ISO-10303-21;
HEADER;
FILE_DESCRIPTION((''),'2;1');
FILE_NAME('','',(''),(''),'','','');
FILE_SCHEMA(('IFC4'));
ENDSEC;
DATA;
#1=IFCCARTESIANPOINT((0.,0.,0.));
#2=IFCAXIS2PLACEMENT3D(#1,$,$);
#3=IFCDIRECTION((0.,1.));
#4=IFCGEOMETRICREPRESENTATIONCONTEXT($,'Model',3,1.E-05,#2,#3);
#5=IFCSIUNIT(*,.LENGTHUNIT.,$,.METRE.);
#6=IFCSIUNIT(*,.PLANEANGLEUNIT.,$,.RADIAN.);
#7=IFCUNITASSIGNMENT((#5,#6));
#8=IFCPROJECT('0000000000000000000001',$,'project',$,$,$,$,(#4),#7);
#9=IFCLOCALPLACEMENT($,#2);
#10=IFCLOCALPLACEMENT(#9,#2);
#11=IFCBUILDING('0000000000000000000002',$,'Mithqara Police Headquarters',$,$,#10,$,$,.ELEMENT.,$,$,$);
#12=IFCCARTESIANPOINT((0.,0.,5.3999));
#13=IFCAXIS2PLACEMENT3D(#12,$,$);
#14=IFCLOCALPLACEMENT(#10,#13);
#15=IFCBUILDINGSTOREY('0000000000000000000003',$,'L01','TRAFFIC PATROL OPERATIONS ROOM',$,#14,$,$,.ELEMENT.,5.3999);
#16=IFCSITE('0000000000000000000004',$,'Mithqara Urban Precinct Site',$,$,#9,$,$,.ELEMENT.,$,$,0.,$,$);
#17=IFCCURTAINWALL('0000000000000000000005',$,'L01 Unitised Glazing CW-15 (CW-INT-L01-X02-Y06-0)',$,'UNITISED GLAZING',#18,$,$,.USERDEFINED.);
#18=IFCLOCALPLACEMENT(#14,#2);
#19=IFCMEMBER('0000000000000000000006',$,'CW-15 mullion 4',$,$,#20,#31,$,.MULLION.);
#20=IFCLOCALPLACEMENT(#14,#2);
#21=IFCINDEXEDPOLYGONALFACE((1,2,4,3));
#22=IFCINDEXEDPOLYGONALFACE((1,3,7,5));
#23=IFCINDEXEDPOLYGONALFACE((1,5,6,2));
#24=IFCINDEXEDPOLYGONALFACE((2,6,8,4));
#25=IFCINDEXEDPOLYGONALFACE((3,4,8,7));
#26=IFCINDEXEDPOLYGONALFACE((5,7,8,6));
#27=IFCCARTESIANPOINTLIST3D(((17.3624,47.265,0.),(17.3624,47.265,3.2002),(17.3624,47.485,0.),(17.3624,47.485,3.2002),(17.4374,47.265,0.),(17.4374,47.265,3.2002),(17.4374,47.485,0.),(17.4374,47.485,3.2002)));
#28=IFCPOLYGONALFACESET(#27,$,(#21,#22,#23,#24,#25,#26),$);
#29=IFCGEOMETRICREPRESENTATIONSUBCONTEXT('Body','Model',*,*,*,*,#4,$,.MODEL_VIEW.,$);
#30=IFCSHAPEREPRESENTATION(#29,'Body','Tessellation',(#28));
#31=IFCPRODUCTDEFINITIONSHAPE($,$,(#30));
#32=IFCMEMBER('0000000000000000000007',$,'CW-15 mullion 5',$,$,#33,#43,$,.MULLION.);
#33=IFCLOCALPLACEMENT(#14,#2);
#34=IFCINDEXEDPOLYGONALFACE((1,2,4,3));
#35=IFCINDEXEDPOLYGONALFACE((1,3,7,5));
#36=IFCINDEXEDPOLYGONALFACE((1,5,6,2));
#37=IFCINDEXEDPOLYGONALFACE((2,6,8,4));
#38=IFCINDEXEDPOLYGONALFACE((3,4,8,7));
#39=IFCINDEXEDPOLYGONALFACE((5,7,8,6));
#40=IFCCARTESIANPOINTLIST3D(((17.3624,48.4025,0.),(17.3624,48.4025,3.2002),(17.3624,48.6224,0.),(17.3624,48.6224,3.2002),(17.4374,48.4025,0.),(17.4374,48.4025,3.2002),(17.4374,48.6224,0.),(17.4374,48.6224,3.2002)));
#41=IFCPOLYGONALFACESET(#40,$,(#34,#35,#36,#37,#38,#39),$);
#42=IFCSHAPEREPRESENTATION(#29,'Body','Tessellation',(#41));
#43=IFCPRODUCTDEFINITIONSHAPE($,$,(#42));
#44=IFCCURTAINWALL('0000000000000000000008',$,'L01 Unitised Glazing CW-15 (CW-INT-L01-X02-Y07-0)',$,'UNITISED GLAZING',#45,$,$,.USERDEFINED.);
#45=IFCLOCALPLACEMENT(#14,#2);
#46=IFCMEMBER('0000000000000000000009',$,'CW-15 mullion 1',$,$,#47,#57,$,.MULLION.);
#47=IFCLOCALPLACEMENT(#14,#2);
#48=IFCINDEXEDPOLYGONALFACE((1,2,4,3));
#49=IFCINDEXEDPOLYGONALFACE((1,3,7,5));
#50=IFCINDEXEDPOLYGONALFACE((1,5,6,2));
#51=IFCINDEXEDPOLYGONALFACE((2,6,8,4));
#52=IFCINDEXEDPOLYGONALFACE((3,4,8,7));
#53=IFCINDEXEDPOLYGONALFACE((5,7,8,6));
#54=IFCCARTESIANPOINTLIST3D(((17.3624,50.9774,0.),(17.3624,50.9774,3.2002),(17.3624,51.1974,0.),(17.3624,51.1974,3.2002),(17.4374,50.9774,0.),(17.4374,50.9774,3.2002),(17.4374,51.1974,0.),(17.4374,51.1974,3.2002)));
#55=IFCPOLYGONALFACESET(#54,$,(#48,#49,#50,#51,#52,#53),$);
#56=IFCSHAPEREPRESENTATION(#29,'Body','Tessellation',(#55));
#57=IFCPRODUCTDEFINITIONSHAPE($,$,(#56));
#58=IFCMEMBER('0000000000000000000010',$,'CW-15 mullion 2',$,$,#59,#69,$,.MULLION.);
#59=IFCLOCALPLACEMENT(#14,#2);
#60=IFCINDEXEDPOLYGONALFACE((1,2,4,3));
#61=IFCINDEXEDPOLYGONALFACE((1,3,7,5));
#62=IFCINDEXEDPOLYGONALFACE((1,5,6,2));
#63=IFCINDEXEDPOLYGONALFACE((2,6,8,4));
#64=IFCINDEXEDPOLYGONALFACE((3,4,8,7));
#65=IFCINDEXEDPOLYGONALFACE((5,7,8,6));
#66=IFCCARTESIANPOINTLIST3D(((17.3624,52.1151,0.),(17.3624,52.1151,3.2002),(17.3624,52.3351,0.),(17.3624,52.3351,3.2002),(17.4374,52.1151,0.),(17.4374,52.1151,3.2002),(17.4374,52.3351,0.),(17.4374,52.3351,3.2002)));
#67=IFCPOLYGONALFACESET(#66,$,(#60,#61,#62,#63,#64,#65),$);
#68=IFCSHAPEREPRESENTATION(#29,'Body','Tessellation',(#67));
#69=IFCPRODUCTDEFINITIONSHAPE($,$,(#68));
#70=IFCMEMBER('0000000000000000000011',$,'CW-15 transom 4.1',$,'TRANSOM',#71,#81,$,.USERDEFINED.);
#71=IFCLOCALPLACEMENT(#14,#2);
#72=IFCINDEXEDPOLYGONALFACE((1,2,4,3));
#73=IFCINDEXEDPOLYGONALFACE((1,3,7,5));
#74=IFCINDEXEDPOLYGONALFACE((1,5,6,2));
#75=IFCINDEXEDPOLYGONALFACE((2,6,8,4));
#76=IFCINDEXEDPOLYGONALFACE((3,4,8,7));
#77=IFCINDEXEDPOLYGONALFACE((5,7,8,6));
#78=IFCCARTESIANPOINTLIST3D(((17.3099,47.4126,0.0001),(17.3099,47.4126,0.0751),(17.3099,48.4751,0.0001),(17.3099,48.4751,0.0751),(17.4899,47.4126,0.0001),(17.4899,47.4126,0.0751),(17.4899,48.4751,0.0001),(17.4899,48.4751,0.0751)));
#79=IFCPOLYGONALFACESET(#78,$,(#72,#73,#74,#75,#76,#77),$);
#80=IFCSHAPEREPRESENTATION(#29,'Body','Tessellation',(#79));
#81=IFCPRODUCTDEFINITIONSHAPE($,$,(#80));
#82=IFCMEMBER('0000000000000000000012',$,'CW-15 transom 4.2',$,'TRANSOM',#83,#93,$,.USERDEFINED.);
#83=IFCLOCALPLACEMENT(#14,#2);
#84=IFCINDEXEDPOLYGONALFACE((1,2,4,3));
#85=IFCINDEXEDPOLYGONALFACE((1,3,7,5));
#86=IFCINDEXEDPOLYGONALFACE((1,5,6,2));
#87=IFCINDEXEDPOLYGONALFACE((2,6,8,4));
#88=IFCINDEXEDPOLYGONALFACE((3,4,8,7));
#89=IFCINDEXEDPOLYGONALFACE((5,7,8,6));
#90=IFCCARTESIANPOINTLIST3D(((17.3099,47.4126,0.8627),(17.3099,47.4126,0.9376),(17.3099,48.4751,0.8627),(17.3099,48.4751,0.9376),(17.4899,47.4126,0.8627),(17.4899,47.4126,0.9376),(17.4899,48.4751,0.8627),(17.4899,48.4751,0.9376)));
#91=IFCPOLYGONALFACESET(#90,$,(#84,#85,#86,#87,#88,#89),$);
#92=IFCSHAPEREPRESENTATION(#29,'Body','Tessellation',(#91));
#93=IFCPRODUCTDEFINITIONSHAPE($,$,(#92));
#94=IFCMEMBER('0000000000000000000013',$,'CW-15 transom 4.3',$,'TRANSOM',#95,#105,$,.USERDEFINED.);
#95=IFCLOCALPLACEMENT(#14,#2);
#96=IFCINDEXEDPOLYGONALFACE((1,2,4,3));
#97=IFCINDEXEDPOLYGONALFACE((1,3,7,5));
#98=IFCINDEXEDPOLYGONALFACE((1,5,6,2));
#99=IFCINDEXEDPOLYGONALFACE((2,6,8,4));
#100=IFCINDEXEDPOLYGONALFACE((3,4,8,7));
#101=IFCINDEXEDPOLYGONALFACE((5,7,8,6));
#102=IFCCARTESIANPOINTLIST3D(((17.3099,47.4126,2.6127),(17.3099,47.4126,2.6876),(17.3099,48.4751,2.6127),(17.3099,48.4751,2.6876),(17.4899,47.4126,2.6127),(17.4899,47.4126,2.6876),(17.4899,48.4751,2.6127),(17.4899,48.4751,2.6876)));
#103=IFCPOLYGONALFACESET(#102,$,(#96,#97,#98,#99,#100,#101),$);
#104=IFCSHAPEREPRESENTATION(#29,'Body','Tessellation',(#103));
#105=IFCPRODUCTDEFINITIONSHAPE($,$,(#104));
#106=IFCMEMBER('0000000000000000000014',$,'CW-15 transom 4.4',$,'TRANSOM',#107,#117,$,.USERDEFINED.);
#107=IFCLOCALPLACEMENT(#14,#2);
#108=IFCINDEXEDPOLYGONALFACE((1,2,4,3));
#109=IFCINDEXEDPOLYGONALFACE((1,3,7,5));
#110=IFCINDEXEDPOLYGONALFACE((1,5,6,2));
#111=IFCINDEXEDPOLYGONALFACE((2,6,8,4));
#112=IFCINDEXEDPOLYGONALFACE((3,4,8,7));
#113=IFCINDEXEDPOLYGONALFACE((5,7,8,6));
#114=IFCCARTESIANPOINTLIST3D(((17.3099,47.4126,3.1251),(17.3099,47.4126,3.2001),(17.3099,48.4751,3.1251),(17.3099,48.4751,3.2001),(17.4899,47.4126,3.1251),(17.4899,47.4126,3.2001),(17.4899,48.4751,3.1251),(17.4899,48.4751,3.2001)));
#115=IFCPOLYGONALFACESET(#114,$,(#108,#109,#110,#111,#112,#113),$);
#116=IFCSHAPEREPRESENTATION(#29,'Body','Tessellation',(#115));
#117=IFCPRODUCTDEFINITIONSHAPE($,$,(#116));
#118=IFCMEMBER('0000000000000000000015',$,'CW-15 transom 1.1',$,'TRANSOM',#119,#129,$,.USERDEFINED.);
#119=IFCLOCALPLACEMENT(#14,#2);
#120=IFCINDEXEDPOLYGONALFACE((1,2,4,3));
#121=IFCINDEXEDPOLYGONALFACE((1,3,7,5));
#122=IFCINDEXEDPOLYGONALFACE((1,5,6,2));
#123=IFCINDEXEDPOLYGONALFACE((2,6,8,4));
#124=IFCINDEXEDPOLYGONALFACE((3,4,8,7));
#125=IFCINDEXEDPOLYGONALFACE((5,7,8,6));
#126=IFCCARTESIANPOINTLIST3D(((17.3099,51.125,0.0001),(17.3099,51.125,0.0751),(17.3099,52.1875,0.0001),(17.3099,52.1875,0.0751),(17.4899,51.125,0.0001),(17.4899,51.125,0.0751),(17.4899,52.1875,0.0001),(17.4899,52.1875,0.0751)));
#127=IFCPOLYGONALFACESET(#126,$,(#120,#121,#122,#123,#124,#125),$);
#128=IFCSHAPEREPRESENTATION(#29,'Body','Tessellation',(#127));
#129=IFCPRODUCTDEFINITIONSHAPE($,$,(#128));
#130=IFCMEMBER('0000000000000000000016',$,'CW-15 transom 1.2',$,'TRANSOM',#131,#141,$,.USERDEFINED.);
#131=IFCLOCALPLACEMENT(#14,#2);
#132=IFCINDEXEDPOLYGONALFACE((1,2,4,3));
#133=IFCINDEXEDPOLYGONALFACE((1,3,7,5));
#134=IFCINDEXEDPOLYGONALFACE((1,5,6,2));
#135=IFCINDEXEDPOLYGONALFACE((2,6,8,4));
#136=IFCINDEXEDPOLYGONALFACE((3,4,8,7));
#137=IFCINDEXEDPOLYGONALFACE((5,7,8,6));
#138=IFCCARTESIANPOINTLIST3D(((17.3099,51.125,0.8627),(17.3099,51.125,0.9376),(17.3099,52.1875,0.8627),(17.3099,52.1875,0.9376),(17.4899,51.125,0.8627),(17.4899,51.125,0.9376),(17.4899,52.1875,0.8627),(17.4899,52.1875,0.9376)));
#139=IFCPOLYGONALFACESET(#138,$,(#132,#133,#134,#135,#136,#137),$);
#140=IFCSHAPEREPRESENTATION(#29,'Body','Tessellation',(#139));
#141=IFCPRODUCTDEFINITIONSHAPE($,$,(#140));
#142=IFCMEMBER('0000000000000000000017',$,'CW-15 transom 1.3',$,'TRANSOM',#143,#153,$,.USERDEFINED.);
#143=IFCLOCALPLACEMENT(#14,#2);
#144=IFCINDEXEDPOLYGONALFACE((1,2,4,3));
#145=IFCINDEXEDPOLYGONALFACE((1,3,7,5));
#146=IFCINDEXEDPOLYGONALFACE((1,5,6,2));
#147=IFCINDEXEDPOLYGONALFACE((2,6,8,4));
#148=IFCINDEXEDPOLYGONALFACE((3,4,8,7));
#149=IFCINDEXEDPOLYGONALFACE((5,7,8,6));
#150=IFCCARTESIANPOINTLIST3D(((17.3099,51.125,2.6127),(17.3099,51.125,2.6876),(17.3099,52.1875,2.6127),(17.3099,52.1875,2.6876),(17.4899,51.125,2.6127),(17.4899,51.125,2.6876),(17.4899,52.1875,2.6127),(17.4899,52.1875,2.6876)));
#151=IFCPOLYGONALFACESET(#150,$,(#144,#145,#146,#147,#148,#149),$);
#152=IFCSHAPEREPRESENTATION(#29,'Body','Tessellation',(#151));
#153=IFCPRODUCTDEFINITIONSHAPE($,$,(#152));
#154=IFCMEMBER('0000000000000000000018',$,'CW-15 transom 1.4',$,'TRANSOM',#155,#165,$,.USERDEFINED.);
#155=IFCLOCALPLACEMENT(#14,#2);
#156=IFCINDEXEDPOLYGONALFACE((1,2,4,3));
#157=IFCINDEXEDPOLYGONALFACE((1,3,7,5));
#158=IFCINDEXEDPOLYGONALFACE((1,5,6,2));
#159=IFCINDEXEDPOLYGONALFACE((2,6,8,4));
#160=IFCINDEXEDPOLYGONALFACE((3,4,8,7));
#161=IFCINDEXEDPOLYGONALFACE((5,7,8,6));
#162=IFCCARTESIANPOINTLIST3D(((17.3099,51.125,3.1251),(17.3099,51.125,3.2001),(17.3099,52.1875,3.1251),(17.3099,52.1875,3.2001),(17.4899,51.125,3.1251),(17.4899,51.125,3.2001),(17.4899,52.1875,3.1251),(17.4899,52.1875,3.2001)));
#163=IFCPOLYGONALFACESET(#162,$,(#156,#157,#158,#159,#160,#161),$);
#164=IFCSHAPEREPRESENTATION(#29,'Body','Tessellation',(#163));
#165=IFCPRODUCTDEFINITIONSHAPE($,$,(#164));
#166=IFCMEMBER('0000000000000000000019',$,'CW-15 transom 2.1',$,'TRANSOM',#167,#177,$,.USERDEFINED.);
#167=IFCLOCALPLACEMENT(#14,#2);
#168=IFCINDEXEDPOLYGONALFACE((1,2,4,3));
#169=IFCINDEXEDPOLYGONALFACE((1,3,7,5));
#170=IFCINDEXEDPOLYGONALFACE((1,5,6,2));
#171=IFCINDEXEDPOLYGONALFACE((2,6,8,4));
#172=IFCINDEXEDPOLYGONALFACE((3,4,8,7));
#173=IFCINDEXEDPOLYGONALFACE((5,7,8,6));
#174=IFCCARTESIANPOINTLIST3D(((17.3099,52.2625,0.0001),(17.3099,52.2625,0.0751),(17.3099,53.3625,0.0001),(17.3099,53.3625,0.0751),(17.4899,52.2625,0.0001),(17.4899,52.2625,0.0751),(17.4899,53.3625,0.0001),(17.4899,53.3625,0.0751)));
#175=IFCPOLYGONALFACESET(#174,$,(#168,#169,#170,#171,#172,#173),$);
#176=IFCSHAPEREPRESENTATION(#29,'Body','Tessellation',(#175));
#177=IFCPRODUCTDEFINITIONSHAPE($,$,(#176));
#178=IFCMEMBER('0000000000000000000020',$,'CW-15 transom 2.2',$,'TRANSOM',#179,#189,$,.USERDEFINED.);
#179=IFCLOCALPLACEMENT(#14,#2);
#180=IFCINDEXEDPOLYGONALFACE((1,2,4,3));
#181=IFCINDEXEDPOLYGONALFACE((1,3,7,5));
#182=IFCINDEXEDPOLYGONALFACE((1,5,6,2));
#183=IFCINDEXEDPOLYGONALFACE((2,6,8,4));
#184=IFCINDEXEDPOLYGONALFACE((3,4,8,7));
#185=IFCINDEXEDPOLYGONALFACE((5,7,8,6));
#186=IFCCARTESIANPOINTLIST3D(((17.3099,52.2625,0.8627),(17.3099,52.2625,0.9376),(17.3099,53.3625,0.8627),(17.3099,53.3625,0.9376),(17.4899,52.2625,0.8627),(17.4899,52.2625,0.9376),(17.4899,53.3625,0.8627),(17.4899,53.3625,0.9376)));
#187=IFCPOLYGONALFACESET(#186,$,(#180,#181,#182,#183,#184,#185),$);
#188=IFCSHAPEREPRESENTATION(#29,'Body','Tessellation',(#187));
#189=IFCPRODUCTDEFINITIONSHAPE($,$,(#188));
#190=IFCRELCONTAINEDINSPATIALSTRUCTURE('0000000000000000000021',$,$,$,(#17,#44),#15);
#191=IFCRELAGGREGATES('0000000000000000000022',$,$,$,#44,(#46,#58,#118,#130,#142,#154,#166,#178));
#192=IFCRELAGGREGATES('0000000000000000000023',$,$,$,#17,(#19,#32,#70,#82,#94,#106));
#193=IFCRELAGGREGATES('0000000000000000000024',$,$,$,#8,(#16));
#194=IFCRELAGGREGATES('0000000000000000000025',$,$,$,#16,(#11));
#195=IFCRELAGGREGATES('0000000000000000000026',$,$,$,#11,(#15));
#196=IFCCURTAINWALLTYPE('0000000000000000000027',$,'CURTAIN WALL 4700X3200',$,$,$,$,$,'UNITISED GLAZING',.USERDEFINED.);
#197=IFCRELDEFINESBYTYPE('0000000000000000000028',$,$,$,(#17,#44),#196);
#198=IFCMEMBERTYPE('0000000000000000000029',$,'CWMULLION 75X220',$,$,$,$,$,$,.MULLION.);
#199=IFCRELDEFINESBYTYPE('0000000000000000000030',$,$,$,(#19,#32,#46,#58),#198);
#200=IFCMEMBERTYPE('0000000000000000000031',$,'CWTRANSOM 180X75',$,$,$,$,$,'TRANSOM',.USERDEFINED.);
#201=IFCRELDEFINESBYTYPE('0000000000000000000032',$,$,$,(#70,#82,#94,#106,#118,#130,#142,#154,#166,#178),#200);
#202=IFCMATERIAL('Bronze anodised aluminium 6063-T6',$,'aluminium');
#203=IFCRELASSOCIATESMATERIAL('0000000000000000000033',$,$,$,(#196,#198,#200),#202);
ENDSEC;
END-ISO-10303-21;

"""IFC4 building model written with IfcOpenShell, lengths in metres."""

from ifc_helpers import new_model, si_unit, direction, frame, origin, origin_2d, place, context, subcontext, project, spatial, rectangle, extrude, material, material_profile, profile_set, type_object, element, aggregate, save


model = new_model("IFC4")

# Units and contexts
model_context = context("Model", 3, precision=1e-05, world=origin(), true_north=direction((0.0, 1.0)))
body_context = subcontext(model_context, "Body", "Model", "MODEL_VIEW")
ifc_project = project(units=[si_unit("LENGTHUNIT", "METRE"), si_unit("PLANEANGLEUNIT", "RADIAN")], contexts=[model_context])

# Site, building, storey
site_placement = place(None, origin())
site = spatial("IfcSite", under=ifc_project, at=site_placement, Name="Mithqara Urban Precinct Site", CompositionType="ELEMENT", RefElevation=0.0)
building_placement = place(site_placement, origin())
building = spatial("IfcBuilding", under=site, at=building_placement, Name="Mithqara Police Headquarters", CompositionType="ELEMENT")
storey_placement = place(building_placement, frame((0.0, 0.0, 5.3999)))
storey = spatial("IfcBuildingStorey", under=building, at=storey_placement, Name="L01", Description="TRAFFIC PATROL OPERATIONS ROOM", CompositionType="ELEMENT", Elevation=5.3999)

# Curtain walls, members
ifc_material_1 = material(Name="Bronze anodised aluminium 6063-T6", Category="aluminium")
curtain_wall_type = type_object("IfcCurtainWallType", Name="CURTAIN WALL 4700X3200", ElementType="UNITISED GLAZING", PredefinedType="USERDEFINED", material=ifc_material_1)
curtain_wall_1_placement = place(storey_placement, origin())
curtain_wall_1 = element("IfcCurtainWall", 1, at=curtain_wall_1_placement, inside=storey, type_object=curtain_wall_type, Name="L01 Unitised Glazing CW-15 (CW-INT-L01-X02-Y06-0)", ObjectType="UNITISED GLAZING", PredefinedType="USERDEFINED")
ifc_material_profile_1 = material_profile(ifc_material_1, rectangle(XDim=0.075, YDim=0.22, at=origin_2d()), Name="CWM 75x220")
ifc_profile_set_1 = profile_set([ifc_material_profile_1], Name="Bronze anodised aluminium 6063-T6")
member_type_1 = type_object("IfcMemberType", Name="CWMULLION 75X220", PredefinedType="MULLION", material=ifc_profile_set_1)
member_1_placement = place(storey_placement, frame((17.3999, 47.375, 0.0), z_axis=(0.0, 0.0, 1.0), x_axis=(-1.0, 0.0, 0.0)))
member_1 = element("IfcMember", 2, at=member_1_placement, type_object=member_type_1, Name="CW-15 mullion 4", PredefinedType="MULLION", context=body_context, shape_type="SweptSolid", body=[
    extrude(rectangle(XDim=0.075, YDim=0.22, at=origin_2d()), origin(), (0.0, 0.0, 1.0), 3.2002),
])
member_2_placement = place(storey_placement, frame((17.3999, 48.5125, 0.0), z_axis=(0.0, 0.0, 1.0), x_axis=(-1.0, 0.0, 0.0)))
member_2 = element("IfcMember", 3, at=member_2_placement, type_object=member_type_1, Name="CW-15 mullion 5", PredefinedType="MULLION", context=body_context, shape_type="SweptSolid", body=[
    extrude(rectangle(XDim=0.075, YDim=0.22, at=origin_2d()), origin(), (0.0, 0.0, 1.0), 3.2002),
])
curtain_wall_2_placement = place(storey_placement, origin())
curtain_wall_2 = element("IfcCurtainWall", 4, at=curtain_wall_2_placement, inside=storey, type_object=curtain_wall_type, Name="L01 Unitised Glazing CW-15 (CW-INT-L01-X02-Y07-0)", ObjectType="UNITISED GLAZING", PredefinedType="USERDEFINED")
member_3_placement = place(storey_placement, frame((17.3999, 51.0874, 0.0), z_axis=(0.0, 0.0, 1.0), x_axis=(-1.0, 0.0, 0.0)))
member_3 = element("IfcMember", 5, at=member_3_placement, type_object=member_type_1, Name="CW-15 mullion 1", PredefinedType="MULLION", context=body_context, shape_type="SweptSolid", body=[
    extrude(rectangle(XDim=0.075, YDim=0.22, at=origin_2d()), origin(), (0.0, 0.0, 1.0), 3.2002),
])
member_4_placement = place(storey_placement, frame((17.3999, 52.2251, 0.0), z_axis=(0.0, 0.0, 1.0), x_axis=(-1.0, 0.0, 0.0)))
member_4 = element("IfcMember", 6, at=member_4_placement, type_object=member_type_1, Name="CW-15 mullion 2", PredefinedType="MULLION", context=body_context, shape_type="SweptSolid", body=[
    extrude(rectangle(XDim=0.075, YDim=0.22, at=origin_2d()), origin(), (0.0, 0.0, 1.0), 3.2002),
])

# Members
ifc_material_profile_2 = material_profile(ifc_material_1, rectangle(XDim=0.1799, YDim=0.075, at=origin_2d()), Name="CWT 180x75")
ifc_profile_set_2 = profile_set([ifc_material_profile_2], Name="Bronze anodised aluminium 6063-T6")
member_type_2 = type_object("IfcMemberType", Name="CWTRANSOM 180X75", ElementType="TRANSOM", PredefinedType="USERDEFINED", material=ifc_profile_set_2)
member_5_placement = place(storey_placement, frame((17.3999, 47.4126, 0.0376), z_axis=(0.0, 1.0, 0.0), x_axis=(-1.0, 0.0, 0.0)))
member_5 = element("IfcMember", 7, at=member_5_placement, type_object=member_type_2, Name="CW-15 transom 4.1", ObjectType="TRANSOM", PredefinedType="USERDEFINED", context=body_context, shape_type="SweptSolid", body=[
    extrude(rectangle(XDim=0.1799, YDim=0.075, at=origin_2d()), origin(), (0.0, 0.0, 1.0), 1.0625),
])
member_6_placement = place(storey_placement, frame((17.3999, 47.4126, 0.9001), z_axis=(0.0, 1.0, 0.0), x_axis=(-1.0, 0.0, 0.0)))
member_6 = element("IfcMember", 8, at=member_6_placement, type_object=member_type_2, Name="CW-15 transom 4.2", ObjectType="TRANSOM", PredefinedType="USERDEFINED", context=body_context, shape_type="SweptSolid", body=[
    extrude(rectangle(XDim=0.1799, YDim=0.075, at=origin_2d()), origin(), (0.0, 0.0, 1.0), 1.0625),
])
member_7_placement = place(storey_placement, frame((17.3999, 47.4126, 2.6501), z_axis=(0.0, 1.0, 0.0), x_axis=(-1.0, 0.0, 0.0)))
member_7 = element("IfcMember", 9, at=member_7_placement, type_object=member_type_2, Name="CW-15 transom 4.3", ObjectType="TRANSOM", PredefinedType="USERDEFINED", context=body_context, shape_type="SweptSolid", body=[
    extrude(rectangle(XDim=0.1799, YDim=0.075, at=origin_2d()), origin(), (0.0, 0.0, 1.0), 1.0625),
])
member_8_placement = place(storey_placement, frame((17.3999, 47.4126, 3.1626), z_axis=(0.0, 1.0, 0.0), x_axis=(-1.0, 0.0, 0.0)))
member_8 = element("IfcMember", 10, at=member_8_placement, type_object=member_type_2, Name="CW-15 transom 4.4", ObjectType="TRANSOM", PredefinedType="USERDEFINED", context=body_context, shape_type="SweptSolid", body=[
    extrude(rectangle(XDim=0.1799, YDim=0.075, at=origin_2d()), origin(), (0.0, 0.0, 1.0), 1.0625),
])
member_9_placement = place(storey_placement, frame((17.3999, 51.125, 0.0376), z_axis=(0.0, 1.0, 0.0), x_axis=(-1.0, 0.0, 0.0)))
member_9 = element("IfcMember", 11, at=member_9_placement, type_object=member_type_2, Name="CW-15 transom 1.1", ObjectType="TRANSOM", PredefinedType="USERDEFINED", context=body_context, shape_type="SweptSolid", body=[
    extrude(rectangle(XDim=0.1799, YDim=0.075, at=origin_2d()), origin(), (0.0, 0.0, 1.0), 1.0625),
])
member_10_placement = place(storey_placement, frame((17.3999, 51.125, 0.9001), z_axis=(0.0, 1.0, 0.0), x_axis=(-1.0, 0.0, 0.0)))
member_10 = element("IfcMember", 12, at=member_10_placement, type_object=member_type_2, Name="CW-15 transom 1.2", ObjectType="TRANSOM", PredefinedType="USERDEFINED", context=body_context, shape_type="SweptSolid", body=[
    extrude(rectangle(XDim=0.1799, YDim=0.075, at=origin_2d()), origin(), (0.0, 0.0, 1.0), 1.0625),
])
member_11_placement = place(storey_placement, frame((17.3999, 51.125, 2.6501), z_axis=(0.0, 1.0, 0.0), x_axis=(-1.0, 0.0, 0.0)))
member_11 = element("IfcMember", 13, at=member_11_placement, type_object=member_type_2, Name="CW-15 transom 1.3", ObjectType="TRANSOM", PredefinedType="USERDEFINED", context=body_context, shape_type="SweptSolid", body=[
    extrude(rectangle(XDim=0.1799, YDim=0.075, at=origin_2d()), origin(), (0.0, 0.0, 1.0), 1.0625),
])
member_12_placement = place(storey_placement, frame((17.3999, 51.125, 3.1626), z_axis=(0.0, 1.0, 0.0), x_axis=(-1.0, 0.0, 0.0)))
member_12 = element("IfcMember", 14, at=member_12_placement, type_object=member_type_2, Name="CW-15 transom 1.4", ObjectType="TRANSOM", PredefinedType="USERDEFINED", context=body_context, shape_type="SweptSolid", body=[
    extrude(rectangle(XDim=0.1799, YDim=0.075, at=origin_2d()), origin(), (0.0, 0.0, 1.0), 1.0625),
])
member_13_placement = place(storey_placement, frame((17.3999, 52.2625, 0.0376), z_axis=(0.0, 1.0, 0.0), x_axis=(-1.0, 0.0, 0.0)))
member_13 = element("IfcMember", 15, at=member_13_placement, type_object=member_type_2, Name="CW-15 transom 2.1", ObjectType="TRANSOM", PredefinedType="USERDEFINED", context=body_context, shape_type="SweptSolid", body=[
    extrude(rectangle(XDim=0.1799, YDim=0.075, at=origin_2d()), origin(), (0.0, 0.0, 1.0), 1.1001),
])
member_14_placement = place(storey_placement, frame((17.3999, 52.2625, 0.9001), z_axis=(0.0, 1.0, 0.0), x_axis=(-1.0, 0.0, 0.0)))
member_14 = element("IfcMember", 16, at=member_14_placement, type_object=member_type_2, Name="CW-15 transom 2.2", ObjectType="TRANSOM", PredefinedType="USERDEFINED", context=body_context, shape_type="SweptSolid", body=[
    extrude(rectangle(XDim=0.1799, YDim=0.075, at=origin_2d()), origin(), (0.0, 0.0, 1.0), 1.1001),
])

aggregate(curtain_wall_2, [member_3, member_4, member_9, member_10, member_11, member_12, member_13, member_14])
aggregate(curtain_wall_1, [member_1, member_2, member_5, member_6, member_7, member_8])

save(model, "model.ifc")
